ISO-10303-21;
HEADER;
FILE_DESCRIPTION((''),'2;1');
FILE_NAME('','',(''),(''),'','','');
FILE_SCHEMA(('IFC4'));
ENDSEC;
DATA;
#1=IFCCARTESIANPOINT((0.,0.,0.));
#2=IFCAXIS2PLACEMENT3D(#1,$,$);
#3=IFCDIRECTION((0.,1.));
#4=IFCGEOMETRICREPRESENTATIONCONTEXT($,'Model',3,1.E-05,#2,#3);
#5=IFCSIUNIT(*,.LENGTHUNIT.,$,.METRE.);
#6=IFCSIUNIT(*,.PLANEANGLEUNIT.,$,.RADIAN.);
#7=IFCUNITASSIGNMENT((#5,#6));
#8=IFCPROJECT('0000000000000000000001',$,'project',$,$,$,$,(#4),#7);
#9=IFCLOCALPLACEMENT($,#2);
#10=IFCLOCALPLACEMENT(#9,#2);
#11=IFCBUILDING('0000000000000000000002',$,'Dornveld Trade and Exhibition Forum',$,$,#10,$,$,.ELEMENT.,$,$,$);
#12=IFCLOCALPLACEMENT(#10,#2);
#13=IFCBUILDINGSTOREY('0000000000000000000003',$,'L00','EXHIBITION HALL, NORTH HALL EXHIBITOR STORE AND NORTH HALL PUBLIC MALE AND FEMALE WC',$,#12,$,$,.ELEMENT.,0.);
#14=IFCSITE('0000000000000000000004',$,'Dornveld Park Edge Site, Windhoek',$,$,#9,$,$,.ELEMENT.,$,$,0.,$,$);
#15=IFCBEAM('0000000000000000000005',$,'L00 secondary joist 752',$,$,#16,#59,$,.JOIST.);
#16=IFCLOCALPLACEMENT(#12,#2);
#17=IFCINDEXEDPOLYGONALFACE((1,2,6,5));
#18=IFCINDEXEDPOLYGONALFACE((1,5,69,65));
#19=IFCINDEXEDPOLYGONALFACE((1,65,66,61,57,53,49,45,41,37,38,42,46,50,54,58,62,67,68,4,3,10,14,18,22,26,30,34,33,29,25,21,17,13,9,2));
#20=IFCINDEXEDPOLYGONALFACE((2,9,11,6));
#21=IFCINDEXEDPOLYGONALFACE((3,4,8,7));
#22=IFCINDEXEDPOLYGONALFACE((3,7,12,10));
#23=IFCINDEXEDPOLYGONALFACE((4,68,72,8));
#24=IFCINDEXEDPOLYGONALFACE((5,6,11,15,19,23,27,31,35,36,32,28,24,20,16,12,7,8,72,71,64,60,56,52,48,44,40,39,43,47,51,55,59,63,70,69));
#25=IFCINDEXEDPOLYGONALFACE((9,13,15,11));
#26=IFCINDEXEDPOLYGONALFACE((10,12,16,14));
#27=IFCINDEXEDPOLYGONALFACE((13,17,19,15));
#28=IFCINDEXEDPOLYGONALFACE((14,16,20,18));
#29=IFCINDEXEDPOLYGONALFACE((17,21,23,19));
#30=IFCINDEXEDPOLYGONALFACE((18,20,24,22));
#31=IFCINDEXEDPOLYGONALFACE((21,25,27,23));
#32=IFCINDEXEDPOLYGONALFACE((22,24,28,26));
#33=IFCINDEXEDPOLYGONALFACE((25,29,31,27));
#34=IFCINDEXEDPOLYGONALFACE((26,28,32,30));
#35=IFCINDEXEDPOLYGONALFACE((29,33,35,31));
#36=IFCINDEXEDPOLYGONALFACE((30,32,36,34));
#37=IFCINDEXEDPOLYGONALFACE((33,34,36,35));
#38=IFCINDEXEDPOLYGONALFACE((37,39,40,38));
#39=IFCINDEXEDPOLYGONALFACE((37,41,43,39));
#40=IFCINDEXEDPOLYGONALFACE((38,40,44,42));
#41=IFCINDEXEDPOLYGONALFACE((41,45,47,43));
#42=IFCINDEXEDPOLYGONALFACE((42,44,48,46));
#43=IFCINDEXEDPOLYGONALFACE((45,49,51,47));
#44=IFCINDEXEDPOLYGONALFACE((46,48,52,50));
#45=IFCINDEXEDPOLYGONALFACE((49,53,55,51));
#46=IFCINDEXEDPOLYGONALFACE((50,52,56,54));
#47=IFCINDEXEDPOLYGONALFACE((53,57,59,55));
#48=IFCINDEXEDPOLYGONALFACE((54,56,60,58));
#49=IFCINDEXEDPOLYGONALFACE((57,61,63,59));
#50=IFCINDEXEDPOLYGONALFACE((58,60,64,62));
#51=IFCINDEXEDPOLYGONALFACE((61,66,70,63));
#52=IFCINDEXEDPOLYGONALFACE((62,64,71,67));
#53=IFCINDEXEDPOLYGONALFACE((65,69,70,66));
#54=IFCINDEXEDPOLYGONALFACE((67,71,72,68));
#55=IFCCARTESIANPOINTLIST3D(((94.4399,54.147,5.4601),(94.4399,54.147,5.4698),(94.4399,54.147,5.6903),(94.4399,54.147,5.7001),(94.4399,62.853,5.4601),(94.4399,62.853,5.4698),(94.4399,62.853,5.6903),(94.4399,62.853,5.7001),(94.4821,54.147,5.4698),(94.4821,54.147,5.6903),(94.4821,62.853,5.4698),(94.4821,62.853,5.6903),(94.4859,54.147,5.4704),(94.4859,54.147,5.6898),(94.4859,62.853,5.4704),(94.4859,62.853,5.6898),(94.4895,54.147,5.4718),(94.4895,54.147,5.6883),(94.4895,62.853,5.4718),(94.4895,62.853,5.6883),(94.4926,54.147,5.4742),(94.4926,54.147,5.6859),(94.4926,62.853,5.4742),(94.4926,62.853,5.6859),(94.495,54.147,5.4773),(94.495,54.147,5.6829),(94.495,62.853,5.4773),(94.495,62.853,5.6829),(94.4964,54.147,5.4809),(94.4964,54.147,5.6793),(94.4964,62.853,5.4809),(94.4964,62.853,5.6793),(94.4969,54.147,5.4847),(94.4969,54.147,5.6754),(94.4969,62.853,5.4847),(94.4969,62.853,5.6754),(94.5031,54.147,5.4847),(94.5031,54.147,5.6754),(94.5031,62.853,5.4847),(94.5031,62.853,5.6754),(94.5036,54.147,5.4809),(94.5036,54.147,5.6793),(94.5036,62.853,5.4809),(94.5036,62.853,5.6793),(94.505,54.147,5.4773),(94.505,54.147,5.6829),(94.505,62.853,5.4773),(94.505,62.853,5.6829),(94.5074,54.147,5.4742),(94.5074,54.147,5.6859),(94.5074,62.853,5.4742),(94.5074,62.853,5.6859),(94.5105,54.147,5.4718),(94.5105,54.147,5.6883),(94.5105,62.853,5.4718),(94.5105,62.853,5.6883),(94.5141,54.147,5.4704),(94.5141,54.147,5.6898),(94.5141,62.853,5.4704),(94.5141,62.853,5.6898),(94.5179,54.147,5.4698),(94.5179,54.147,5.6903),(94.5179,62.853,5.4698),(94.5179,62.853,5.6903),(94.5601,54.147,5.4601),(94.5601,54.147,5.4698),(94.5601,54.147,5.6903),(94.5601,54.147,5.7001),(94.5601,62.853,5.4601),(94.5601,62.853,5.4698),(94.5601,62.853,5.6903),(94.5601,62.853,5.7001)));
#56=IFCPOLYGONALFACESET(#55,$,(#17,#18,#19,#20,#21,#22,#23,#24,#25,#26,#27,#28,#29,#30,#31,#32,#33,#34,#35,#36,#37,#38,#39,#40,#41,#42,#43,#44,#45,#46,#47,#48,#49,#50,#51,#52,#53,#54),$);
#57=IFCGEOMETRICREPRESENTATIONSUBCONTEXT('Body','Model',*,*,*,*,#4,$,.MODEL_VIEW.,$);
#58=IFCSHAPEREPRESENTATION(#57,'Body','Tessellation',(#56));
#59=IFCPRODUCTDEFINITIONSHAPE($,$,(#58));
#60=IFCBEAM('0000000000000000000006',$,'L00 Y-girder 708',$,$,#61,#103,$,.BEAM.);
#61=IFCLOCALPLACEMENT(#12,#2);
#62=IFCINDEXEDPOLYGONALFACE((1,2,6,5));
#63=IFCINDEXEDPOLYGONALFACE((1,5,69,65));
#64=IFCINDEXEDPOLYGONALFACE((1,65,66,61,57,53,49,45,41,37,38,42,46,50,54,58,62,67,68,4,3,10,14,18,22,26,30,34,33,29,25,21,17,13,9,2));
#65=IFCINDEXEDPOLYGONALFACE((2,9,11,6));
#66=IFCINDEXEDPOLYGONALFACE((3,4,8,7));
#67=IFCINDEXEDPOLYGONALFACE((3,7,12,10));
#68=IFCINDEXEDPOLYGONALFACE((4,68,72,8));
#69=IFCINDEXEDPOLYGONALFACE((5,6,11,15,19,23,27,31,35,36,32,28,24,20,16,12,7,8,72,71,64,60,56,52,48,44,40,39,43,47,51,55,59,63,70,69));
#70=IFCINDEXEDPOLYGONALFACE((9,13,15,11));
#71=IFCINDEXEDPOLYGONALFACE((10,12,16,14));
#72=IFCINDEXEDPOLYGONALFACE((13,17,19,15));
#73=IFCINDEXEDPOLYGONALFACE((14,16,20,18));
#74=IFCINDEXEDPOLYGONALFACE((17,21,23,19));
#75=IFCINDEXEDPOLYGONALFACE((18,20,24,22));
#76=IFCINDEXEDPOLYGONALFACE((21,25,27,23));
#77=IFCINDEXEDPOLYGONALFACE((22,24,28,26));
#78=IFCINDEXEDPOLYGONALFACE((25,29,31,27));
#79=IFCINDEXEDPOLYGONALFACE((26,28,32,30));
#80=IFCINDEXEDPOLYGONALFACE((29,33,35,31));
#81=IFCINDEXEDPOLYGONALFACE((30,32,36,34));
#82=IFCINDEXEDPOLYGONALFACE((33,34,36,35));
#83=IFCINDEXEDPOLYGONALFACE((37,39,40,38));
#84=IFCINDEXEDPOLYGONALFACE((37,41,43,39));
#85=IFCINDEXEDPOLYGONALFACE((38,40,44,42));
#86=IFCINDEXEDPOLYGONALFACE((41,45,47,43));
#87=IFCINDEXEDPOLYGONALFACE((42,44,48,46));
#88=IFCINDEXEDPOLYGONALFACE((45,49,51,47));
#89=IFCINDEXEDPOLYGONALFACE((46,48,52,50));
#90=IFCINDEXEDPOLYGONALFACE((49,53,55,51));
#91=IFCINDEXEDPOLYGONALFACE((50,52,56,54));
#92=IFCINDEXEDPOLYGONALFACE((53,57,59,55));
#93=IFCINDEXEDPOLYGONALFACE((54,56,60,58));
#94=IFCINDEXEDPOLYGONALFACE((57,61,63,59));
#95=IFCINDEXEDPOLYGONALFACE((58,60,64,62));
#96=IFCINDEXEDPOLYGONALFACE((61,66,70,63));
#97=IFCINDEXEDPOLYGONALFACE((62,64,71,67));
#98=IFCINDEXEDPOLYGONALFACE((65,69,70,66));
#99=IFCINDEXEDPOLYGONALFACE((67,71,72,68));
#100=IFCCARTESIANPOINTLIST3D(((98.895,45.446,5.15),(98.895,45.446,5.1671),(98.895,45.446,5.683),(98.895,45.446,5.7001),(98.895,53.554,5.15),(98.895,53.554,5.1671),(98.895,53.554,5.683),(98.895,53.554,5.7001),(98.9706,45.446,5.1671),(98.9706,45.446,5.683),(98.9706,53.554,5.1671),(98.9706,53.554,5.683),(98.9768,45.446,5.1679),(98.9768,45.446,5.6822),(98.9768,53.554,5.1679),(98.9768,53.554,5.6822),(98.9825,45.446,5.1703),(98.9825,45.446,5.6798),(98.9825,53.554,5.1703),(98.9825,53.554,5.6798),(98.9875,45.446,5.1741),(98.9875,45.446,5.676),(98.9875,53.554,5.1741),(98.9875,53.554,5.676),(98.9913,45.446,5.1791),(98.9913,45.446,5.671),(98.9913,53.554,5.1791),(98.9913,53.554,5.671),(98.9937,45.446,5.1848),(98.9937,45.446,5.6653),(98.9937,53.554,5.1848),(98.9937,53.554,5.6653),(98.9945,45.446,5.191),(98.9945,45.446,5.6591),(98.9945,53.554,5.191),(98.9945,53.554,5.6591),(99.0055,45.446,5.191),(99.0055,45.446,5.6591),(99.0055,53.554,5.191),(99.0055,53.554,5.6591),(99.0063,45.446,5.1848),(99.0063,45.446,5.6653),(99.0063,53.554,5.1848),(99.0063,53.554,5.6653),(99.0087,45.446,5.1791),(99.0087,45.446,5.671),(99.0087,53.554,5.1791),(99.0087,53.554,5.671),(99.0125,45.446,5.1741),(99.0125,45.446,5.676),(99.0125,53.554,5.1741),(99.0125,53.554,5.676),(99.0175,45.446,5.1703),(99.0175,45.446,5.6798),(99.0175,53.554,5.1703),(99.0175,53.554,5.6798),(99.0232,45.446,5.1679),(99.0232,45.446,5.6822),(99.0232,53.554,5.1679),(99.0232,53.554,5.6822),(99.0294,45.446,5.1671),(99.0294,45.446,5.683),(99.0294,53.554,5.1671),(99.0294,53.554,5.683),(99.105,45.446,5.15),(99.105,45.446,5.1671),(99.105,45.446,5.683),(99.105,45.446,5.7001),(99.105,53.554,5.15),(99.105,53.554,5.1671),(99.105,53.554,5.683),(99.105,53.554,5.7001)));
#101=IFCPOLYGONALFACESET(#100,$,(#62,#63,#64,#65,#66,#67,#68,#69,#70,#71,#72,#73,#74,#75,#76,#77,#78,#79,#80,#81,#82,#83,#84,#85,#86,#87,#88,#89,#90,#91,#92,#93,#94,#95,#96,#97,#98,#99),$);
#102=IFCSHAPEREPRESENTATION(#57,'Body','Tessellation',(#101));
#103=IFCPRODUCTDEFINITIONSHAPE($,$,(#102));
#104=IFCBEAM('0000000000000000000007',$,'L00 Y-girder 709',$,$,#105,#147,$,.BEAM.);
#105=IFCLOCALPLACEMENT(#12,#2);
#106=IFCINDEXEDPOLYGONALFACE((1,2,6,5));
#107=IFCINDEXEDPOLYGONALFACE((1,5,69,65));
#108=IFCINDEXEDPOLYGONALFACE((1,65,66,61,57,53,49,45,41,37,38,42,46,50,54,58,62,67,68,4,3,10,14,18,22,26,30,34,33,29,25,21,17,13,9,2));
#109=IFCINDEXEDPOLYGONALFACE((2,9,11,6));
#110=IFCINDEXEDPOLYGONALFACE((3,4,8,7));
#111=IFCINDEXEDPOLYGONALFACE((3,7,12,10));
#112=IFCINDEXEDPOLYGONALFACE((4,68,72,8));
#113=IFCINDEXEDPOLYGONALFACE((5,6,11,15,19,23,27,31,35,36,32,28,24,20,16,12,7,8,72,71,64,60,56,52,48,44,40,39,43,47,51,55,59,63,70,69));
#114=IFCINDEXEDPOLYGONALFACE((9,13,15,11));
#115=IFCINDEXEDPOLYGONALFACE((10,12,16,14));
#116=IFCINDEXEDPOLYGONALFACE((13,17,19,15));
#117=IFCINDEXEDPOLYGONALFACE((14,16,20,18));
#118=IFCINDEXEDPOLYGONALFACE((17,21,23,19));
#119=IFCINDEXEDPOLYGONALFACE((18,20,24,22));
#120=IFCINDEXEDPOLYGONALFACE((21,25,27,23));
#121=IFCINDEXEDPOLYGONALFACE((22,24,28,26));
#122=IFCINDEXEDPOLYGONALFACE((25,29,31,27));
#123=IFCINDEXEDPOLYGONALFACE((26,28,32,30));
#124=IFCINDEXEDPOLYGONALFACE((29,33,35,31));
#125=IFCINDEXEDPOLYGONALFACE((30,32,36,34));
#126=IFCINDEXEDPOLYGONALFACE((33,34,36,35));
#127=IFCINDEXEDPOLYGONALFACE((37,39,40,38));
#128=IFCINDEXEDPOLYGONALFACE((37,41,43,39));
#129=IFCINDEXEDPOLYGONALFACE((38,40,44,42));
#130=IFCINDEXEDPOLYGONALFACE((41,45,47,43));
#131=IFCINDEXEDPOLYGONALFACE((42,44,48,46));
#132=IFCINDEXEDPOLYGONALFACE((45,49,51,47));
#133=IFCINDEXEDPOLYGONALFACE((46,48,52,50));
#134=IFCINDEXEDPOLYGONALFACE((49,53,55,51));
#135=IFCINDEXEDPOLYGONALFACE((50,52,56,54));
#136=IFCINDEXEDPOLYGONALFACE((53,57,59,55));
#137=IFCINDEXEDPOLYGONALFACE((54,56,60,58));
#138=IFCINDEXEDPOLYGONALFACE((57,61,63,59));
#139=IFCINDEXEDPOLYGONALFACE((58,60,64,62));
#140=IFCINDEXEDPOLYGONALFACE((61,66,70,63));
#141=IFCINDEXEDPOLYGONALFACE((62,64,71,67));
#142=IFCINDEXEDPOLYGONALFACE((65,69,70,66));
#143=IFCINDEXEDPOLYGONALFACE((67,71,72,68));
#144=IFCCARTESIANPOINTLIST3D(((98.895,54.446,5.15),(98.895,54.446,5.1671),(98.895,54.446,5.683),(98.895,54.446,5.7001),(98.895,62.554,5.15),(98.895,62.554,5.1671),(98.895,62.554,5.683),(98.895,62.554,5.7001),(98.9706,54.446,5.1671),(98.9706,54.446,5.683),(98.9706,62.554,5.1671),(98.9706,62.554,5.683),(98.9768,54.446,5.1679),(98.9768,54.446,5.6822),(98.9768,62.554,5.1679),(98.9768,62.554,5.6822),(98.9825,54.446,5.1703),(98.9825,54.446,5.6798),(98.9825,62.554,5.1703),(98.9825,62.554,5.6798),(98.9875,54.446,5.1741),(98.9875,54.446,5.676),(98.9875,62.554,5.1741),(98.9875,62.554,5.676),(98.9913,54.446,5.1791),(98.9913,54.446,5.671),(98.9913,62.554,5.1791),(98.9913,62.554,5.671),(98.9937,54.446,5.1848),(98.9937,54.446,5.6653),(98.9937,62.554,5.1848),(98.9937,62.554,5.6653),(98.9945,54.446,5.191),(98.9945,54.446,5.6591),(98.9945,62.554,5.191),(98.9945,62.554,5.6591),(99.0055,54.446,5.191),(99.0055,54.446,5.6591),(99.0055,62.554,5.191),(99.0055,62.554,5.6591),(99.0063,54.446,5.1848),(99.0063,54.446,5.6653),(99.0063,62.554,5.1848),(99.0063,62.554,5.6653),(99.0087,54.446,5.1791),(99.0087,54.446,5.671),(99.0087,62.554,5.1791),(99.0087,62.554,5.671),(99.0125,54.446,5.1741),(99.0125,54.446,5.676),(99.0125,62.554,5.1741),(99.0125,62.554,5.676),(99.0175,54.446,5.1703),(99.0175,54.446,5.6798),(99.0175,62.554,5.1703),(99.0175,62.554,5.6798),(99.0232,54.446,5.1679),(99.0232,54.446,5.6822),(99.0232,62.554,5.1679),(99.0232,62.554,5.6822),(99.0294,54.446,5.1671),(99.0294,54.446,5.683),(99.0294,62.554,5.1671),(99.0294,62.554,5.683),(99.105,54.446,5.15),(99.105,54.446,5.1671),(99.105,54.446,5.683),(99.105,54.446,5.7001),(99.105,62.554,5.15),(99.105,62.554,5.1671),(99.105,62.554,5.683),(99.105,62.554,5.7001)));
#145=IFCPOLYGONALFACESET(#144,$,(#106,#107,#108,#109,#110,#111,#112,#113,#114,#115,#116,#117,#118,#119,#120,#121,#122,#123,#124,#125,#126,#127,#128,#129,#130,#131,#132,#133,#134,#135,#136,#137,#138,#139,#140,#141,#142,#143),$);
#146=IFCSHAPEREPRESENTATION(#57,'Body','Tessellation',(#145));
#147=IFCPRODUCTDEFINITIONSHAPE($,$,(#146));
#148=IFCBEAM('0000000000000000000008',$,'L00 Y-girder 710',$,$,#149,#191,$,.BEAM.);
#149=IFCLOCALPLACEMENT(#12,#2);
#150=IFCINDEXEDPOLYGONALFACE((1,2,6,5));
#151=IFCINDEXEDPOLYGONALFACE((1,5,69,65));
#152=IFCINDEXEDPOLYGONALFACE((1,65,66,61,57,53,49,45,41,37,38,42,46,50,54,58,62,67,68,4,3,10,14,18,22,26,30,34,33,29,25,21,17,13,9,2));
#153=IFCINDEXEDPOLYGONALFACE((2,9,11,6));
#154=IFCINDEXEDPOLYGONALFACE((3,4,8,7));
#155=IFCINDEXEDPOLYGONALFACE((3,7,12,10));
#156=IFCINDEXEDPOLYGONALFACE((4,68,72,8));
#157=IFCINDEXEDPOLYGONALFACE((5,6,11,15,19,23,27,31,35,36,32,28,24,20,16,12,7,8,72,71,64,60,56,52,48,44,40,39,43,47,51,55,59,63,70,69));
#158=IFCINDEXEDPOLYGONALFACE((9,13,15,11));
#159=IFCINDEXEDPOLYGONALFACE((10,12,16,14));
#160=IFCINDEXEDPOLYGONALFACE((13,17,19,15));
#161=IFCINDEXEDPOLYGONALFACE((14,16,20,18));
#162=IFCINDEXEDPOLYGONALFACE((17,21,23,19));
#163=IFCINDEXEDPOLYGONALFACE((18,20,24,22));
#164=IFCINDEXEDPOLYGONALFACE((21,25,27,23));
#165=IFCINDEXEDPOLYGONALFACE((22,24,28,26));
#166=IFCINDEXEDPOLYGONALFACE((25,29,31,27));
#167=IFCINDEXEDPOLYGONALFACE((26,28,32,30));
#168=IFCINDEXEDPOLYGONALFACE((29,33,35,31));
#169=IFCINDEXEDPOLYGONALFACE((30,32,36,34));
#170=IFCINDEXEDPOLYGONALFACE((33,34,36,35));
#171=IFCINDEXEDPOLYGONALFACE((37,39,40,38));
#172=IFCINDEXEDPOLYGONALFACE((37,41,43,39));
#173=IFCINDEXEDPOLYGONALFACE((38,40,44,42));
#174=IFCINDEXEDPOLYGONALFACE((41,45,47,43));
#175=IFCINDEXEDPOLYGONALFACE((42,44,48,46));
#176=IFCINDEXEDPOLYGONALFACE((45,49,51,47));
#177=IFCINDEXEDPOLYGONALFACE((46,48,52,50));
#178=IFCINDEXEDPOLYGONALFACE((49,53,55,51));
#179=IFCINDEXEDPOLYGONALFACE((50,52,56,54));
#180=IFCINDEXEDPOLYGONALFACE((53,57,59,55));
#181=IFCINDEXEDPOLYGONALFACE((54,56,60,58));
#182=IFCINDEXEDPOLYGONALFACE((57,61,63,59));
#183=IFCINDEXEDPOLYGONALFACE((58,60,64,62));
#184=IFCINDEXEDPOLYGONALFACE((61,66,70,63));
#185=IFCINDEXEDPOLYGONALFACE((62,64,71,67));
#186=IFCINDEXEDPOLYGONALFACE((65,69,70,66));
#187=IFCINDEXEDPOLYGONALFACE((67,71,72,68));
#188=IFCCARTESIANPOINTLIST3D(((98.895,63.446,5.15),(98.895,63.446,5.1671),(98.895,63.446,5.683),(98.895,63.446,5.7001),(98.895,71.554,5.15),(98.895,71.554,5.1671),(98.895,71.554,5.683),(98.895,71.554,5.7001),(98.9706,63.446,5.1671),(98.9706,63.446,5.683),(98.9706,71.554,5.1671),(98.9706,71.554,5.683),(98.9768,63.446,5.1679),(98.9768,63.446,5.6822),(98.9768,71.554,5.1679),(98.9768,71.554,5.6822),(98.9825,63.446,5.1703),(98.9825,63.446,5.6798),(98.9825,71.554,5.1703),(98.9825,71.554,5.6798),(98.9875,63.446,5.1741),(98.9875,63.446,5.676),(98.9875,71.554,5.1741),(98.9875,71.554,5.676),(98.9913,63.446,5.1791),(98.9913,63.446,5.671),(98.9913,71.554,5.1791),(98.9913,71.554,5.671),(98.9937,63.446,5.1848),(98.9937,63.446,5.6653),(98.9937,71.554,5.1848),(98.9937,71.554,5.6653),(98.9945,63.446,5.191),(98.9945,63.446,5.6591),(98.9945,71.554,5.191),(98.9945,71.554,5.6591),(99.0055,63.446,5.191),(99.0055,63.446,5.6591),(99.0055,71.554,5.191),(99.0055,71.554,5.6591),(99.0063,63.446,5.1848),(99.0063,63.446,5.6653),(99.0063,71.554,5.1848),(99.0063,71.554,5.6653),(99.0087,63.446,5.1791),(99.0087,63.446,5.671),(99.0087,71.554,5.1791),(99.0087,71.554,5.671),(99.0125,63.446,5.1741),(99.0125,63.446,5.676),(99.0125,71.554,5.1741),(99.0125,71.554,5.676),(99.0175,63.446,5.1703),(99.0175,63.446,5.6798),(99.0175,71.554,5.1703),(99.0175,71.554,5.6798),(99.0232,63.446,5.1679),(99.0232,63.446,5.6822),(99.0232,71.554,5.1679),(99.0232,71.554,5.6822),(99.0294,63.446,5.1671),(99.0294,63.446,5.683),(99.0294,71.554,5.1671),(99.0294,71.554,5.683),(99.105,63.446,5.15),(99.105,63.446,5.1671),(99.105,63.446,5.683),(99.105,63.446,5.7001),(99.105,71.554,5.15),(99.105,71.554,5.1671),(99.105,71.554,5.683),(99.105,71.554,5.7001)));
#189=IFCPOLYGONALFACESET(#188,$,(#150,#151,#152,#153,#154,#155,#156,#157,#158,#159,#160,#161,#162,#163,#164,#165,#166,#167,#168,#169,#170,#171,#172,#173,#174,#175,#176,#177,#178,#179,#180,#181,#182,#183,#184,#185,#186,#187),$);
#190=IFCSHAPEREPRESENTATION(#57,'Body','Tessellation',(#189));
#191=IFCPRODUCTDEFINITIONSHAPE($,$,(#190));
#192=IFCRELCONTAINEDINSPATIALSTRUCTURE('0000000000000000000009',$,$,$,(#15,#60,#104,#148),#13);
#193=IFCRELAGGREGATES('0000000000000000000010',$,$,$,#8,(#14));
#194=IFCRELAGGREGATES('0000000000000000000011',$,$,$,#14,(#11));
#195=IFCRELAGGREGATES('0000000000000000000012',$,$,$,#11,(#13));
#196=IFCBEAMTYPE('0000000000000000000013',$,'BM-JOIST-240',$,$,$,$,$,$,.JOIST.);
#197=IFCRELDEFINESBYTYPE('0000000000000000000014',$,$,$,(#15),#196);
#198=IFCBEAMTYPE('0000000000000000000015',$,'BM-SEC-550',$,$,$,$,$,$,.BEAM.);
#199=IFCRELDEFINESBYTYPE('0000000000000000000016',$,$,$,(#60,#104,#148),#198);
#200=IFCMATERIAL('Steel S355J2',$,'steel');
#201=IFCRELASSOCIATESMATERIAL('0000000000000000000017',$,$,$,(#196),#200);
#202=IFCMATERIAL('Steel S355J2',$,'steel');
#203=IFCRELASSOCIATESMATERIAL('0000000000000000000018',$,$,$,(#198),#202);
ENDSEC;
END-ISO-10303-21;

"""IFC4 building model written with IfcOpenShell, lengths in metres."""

from ifc_helpers import new_model, si_unit, direction, frame, origin, origin_2d, place, context, subcontext, project, spatial, i_section, extrude, material, material_profile, profile_set, type_object, element, save


model = new_model("IFC4")

# Units and contexts
model_context = context("Model", 3, precision=1e-05, world=origin(), true_north=direction((0.0, 1.0)))
body_context = subcontext(model_context, "Body", "Model", "MODEL_VIEW")
ifc_project = project(units=[si_unit("LENGTHUNIT", "METRE"), si_unit("PLANEANGLEUNIT", "RADIAN")], contexts=[model_context])

# Site, building, storey
site_placement = place(None, origin())
site = spatial("IfcSite", under=ifc_project, at=site_placement, Name="Dornveld Park Edge Site, Windhoek", CompositionType="ELEMENT", RefElevation=0.0)
building_placement = place(site_placement, origin())
building = spatial("IfcBuilding", under=site, at=building_placement, Name="Dornveld Trade and Exhibition Forum", CompositionType="ELEMENT")
storey_placement = place(building_placement, origin())
storey = spatial("IfcBuildingStorey", under=building, at=storey_placement, Name="L00", Description="EXHIBITION HALL, NORTH HALL EXHIBITOR STORE AND NORTH HALL PUBLIC MALE AND FEMALE WC", CompositionType="ELEMENT", Elevation=0.0)

# Beams
ifc_material_1 = material(Name="Steel S355J2", Category="steel")
ifc_material_profile_1 = material_profile(ifc_material_1, i_section(OverallWidth=0.1201, OverallDepth=0.24, WebThickness=0.0061, FlangeThickness=0.0098, FilletRadius=0.0149, at=origin_2d()), Name="IPE 240")
ifc_profile_set_1 = profile_set([ifc_material_profile_1], Name="Steel S355J2")
beam_type_1 = type_object("IfcBeamType", Name="BM-JOIST-240", PredefinedType="JOIST", material=ifc_profile_set_1)
for number, where, z_axis, x_axis, name in (
    (1, (94.5, 54.147, 5.5801), (0.0, 1.0, 0.0), (-1.0, 0.0, 0.0), "L00 secondary joist 752"),
):
    element("IfcBeam", number, at=place(storey_placement, frame(where, z_axis=z_axis, x_axis=x_axis)), inside=storey, type_object=beam_type_1, Name=name, PredefinedType="JOIST", context=body_context, shape_type="SweptSolid", body=[
        extrude(i_section(OverallWidth=0.1201, OverallDepth=0.24, WebThickness=0.0061, FlangeThickness=0.0098, FilletRadius=0.0149, at=origin_2d()), origin(), (0.0, 0.0, 1.0), 8.7061),
    ])
ifc_material_2 = material(Name="Steel S355J2", Category="steel")
ifc_material_profile_2 = material_profile(ifc_material_2, i_section(OverallWidth=0.21, OverallDepth=0.55, WebThickness=0.011, FlangeThickness=0.0171, FilletRadius=0.0239, at=origin_2d()), Name="IPE 550")
ifc_profile_set_2 = profile_set([ifc_material_profile_2], Name="Steel S355J2")
beam_type_2 = type_object("IfcBeamType", Name="BM-SEC-550", PredefinedType="BEAM", material=ifc_profile_set_2)
for number, where, z_axis, x_axis, name in (
    (2, (99.0, 45.446, 5.425), (0.0, 1.0, 0.0), (-1.0, 0.0, 0.0), "L00 Y-girder 708"),
    (3, (99.0, 54.446, 5.425), (0.0, 1.0, 0.0), (-1.0, 0.0, 0.0), "L00 Y-girder 709"),
    (4, (99.0, 63.446, 5.425), (0.0, 1.0, 0.0), (-1.0, 0.0, 0.0), "L00 Y-girder 710"),
):
    element("IfcBeam", number, at=place(storey_placement, frame(where, z_axis=z_axis, x_axis=x_axis)), inside=storey, type_object=beam_type_2, Name=name, PredefinedType="BEAM", context=body_context, shape_type="SweptSolid", body=[
        extrude(i_section(OverallWidth=0.21, OverallDepth=0.55, WebThickness=0.011, FlangeThickness=0.0171, FilletRadius=0.0239, at=origin_2d()), origin(), (0.0, 0.0, 1.0), 8.1079),
    ])

save(model, "model.ifc")
